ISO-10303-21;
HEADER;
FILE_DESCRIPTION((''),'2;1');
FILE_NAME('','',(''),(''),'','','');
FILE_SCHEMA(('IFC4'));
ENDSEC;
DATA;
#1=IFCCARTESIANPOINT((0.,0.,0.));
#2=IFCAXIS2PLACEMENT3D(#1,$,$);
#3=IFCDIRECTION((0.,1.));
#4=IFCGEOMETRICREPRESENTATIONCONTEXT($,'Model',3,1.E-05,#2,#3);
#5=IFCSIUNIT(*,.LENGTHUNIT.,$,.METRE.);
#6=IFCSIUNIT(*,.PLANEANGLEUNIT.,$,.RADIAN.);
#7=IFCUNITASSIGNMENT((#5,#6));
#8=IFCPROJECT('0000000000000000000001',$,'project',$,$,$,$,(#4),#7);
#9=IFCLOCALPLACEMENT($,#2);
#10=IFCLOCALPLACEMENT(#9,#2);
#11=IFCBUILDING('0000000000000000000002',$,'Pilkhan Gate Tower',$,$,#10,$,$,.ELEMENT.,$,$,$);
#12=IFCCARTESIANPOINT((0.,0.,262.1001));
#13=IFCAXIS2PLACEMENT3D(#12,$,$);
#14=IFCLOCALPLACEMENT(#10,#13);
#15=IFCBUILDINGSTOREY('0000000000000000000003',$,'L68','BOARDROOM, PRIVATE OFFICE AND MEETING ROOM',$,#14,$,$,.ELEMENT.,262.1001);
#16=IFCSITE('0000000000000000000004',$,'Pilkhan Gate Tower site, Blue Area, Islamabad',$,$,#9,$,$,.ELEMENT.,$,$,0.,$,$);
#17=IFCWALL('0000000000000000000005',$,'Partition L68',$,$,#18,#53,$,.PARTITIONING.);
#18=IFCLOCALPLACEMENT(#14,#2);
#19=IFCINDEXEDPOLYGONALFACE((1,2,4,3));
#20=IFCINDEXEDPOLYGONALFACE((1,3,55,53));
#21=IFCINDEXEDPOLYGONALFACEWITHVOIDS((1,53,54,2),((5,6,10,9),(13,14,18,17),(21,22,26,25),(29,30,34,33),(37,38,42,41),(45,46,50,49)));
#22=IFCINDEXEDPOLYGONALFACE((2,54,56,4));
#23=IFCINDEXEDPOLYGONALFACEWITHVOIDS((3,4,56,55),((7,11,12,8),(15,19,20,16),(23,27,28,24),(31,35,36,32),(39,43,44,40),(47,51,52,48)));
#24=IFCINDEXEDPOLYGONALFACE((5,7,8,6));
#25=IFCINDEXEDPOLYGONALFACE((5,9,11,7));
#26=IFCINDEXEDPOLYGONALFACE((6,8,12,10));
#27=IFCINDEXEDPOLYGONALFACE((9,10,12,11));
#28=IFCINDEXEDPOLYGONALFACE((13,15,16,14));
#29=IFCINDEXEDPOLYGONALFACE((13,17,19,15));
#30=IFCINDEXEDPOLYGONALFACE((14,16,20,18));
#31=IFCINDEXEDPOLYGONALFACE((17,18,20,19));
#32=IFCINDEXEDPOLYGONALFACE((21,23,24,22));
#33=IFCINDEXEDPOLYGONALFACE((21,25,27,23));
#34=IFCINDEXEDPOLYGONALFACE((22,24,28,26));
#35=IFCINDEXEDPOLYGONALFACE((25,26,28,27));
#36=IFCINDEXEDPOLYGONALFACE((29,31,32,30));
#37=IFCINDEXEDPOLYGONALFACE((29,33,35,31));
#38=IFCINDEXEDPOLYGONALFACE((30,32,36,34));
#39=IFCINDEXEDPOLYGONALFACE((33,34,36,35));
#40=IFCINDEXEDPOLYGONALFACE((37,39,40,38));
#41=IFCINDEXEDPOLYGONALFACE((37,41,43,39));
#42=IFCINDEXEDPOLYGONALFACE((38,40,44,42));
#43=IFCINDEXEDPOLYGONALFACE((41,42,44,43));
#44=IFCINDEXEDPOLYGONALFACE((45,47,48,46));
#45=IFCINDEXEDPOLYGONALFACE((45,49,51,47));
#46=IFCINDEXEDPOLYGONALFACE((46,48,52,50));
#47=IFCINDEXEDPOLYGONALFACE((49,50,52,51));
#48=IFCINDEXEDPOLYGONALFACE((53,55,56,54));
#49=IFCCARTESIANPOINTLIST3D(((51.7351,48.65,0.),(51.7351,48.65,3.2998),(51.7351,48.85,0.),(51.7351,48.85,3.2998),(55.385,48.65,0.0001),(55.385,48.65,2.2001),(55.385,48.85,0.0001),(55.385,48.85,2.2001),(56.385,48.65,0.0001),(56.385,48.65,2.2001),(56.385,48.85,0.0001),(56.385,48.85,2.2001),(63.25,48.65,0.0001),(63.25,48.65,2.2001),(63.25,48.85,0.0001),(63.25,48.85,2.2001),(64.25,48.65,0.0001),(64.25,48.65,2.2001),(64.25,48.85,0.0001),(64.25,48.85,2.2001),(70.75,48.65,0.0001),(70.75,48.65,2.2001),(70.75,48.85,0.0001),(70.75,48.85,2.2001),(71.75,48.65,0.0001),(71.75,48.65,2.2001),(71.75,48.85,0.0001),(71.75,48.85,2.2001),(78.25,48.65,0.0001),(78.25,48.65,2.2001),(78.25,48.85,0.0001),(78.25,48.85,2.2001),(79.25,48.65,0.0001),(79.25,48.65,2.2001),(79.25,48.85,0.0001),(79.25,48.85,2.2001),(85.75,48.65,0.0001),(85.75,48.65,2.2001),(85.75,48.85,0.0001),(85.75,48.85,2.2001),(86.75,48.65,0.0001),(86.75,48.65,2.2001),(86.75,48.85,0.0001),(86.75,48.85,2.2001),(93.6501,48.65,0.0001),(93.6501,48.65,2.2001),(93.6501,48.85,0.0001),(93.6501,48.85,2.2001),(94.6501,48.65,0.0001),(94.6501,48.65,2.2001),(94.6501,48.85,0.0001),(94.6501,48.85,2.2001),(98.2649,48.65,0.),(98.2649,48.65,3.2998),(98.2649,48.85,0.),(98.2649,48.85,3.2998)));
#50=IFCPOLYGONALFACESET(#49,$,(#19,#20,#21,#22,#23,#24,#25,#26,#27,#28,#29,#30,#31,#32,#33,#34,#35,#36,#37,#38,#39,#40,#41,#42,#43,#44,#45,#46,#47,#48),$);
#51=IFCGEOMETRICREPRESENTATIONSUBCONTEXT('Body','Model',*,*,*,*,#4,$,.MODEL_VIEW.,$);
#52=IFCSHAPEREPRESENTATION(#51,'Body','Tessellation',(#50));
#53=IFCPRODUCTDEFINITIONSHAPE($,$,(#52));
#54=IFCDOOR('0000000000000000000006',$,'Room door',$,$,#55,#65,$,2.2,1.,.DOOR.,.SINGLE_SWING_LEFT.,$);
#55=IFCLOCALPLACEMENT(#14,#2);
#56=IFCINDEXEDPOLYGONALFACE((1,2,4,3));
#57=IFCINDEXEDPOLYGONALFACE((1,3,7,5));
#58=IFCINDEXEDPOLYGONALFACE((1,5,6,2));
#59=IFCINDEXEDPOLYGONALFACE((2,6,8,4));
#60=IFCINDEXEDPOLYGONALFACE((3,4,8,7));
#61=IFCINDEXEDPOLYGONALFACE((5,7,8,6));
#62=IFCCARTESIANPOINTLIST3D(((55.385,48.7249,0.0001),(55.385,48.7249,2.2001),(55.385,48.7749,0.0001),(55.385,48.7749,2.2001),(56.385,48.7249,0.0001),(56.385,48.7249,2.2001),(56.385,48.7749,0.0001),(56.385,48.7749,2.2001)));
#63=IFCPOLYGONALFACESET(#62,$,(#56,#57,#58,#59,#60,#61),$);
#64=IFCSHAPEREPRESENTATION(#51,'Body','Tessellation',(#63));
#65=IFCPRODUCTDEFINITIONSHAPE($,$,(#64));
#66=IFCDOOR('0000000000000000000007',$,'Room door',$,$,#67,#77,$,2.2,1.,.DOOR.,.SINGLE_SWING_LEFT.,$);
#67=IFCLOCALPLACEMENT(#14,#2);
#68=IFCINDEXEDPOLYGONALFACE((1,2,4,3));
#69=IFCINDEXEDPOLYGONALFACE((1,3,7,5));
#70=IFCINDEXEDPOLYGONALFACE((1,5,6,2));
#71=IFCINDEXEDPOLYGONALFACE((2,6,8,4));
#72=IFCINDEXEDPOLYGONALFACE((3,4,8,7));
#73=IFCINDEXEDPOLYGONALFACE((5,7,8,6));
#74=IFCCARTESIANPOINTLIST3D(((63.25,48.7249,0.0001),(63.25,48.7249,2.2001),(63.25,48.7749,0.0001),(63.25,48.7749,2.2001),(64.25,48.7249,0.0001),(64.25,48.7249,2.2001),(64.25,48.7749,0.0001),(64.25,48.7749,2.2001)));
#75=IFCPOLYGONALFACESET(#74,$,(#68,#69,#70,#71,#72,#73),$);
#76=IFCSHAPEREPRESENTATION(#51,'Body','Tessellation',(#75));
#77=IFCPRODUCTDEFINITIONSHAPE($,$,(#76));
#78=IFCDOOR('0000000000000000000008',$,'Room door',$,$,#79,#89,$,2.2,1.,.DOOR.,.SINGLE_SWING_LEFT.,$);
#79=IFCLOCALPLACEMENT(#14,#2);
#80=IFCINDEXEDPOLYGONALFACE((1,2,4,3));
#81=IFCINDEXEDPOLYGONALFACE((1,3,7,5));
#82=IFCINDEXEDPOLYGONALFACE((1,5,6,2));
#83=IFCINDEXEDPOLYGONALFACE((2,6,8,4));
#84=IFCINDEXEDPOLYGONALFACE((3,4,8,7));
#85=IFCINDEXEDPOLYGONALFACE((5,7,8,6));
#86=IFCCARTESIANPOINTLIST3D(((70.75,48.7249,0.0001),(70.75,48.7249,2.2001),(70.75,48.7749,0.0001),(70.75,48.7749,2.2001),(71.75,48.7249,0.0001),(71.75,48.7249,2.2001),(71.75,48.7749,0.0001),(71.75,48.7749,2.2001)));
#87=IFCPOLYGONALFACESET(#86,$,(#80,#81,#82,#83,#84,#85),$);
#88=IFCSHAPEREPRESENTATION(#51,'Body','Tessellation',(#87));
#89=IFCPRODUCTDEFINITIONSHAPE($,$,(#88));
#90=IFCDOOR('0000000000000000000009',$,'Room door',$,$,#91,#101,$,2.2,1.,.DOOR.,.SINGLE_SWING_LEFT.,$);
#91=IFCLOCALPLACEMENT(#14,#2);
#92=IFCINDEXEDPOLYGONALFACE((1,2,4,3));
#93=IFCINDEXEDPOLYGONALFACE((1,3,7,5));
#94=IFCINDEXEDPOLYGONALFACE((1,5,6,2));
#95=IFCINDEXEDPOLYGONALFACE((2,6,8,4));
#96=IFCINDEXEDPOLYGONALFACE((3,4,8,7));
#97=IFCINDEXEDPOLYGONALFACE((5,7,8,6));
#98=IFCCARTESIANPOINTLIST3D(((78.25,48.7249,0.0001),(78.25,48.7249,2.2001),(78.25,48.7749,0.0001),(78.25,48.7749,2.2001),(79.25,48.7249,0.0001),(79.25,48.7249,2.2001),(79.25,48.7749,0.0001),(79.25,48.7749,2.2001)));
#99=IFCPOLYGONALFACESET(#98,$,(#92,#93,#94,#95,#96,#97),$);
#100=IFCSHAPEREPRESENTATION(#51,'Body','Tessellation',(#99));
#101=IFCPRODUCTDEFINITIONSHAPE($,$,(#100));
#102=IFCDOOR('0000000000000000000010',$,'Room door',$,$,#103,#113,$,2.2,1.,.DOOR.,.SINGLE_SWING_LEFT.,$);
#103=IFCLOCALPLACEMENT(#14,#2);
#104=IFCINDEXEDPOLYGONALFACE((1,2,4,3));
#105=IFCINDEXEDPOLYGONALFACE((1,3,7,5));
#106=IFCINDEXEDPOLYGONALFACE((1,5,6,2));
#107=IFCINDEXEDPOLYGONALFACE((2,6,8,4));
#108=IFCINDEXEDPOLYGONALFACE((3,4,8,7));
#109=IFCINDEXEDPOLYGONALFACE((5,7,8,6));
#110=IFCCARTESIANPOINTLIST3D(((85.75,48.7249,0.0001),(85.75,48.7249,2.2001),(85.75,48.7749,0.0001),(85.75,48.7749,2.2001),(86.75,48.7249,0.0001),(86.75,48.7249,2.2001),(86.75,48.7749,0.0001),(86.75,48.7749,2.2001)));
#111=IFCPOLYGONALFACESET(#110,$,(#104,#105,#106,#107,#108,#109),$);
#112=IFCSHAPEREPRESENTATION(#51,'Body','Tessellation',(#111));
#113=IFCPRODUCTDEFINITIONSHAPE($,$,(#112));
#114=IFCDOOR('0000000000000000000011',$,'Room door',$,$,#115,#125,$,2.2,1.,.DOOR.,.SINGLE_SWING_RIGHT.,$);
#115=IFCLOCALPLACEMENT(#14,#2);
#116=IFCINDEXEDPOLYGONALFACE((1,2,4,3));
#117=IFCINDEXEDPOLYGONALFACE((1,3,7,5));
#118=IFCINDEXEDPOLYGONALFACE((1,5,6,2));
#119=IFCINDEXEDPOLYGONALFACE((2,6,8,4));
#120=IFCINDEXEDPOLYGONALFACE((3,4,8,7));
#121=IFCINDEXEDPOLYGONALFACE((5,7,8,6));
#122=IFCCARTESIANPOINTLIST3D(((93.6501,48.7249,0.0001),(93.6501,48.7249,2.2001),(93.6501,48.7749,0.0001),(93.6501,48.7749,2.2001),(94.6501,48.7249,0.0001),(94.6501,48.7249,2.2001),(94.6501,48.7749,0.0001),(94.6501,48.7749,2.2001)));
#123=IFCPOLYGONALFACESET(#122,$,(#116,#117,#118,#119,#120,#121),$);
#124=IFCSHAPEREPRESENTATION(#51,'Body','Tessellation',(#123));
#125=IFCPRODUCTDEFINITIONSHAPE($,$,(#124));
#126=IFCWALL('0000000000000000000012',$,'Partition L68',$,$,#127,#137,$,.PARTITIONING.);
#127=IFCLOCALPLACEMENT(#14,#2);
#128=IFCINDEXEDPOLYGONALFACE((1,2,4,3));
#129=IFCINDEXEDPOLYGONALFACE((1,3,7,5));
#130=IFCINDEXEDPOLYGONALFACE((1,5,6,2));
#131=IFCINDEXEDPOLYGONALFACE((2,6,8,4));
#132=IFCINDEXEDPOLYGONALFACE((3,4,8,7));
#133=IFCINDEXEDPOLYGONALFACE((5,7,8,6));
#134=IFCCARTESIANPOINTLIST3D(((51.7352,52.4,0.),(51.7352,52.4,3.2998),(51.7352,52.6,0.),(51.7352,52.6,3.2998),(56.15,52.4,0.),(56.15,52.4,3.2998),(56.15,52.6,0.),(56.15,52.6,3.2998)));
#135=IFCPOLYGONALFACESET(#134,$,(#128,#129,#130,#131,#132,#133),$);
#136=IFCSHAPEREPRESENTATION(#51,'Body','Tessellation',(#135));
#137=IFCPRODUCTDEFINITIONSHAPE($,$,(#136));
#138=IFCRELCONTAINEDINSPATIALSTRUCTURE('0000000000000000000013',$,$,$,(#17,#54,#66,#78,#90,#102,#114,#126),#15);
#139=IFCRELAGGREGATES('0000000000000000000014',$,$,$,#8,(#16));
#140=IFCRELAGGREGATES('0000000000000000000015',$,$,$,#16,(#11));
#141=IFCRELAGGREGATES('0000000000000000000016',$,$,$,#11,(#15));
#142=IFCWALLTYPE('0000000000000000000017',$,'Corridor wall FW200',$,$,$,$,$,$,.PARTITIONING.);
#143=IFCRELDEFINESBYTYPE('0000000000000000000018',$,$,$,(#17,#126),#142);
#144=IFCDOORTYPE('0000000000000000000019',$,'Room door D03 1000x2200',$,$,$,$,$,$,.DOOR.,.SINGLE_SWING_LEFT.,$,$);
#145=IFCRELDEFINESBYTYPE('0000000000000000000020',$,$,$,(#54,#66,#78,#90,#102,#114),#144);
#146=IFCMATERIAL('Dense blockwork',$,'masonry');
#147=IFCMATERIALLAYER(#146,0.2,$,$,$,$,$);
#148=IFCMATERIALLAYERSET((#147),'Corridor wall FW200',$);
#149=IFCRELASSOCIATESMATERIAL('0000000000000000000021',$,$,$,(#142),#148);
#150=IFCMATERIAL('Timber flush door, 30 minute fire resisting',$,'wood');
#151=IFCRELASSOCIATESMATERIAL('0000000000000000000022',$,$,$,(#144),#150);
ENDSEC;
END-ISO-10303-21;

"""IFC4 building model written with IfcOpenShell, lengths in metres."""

from ifc_helpers import new_model, si_unit, direction, frame, frame_2d, origin, place, context, subcontext, project, spatial, rectangle, extrude, material, layer, layer_set, type_object, element, fill, save


model = new_model("IFC4")

# Units and contexts
model_context = context("Model", 3, precision=1e-05, world=origin(), true_north=direction((0.0, 1.0)))
body_context = subcontext(model_context, "Body", "Model", "MODEL_VIEW")
ifc_project = project(units=[si_unit("LENGTHUNIT", "METRE"), si_unit("PLANEANGLEUNIT", "RADIAN")], contexts=[model_context])

# Site, building, storey
site_placement = place(None, origin())
site = spatial("IfcSite", under=ifc_project, at=site_placement, Name="Pilkhan Gate Tower site, Blue Area, Islamabad", CompositionType="ELEMENT", RefElevation=0.0)
building_placement = place(site_placement, origin())
building = spatial("IfcBuilding", under=site, at=building_placement, Name="Pilkhan Gate Tower", CompositionType="ELEMENT")
storey_placement = place(building_placement, frame((0.0, 0.0, 262.1001)))
storey = spatial("IfcBuildingStorey", under=building, at=storey_placement, Name="L68", Description="BOARDROOM, PRIVATE OFFICE AND MEETING ROOM", CompositionType="ELEMENT", Elevation=262.1001)

# Wall, openings, doors
ifc_material_1 = material(Name="Dense blockwork", Category="masonry")
ifc_layer_1 = layer(ifc_material_1, 0.2)
ifc_layer_set_1 = layer_set([ifc_layer_1], Name="Corridor wall FW200")
wall_type = type_object("IfcWallType", Name="Corridor wall FW200", PredefinedType="PARTITIONING", material=ifc_layer_set_1)
wall_1_placement = place(storey_placement, frame((51.7351, 48.75, 0.0), z_axis=(0.0, 0.0, 1.0), x_axis=(1.0, 0.0, 0.0)))
wall_1 = element("IfcWall", 1, at=wall_1_placement, inside=storey, type_object=wall_type, Name="Partition L68", PredefinedType="PARTITIONING", context=body_context, shape_type="SweptSolid", body=[
    extrude(rectangle(XDim=46.5298, YDim=0.2, at=frame_2d((23.2649, 0.0))), origin(), (0.0, 0.0, 1.0), 3.2998),
])
opening_1_placement = place(wall_1_placement, frame((3.6499, 0.0, 0.0)))
opening_1 = element("IfcOpeningElement", 2, at=opening_1_placement, cuts=wall_1, PredefinedType="OPENING", context=body_context, shape_type="SweptSolid", body=[
    extrude(rectangle(XDim=1.0, YDim=2.2, at=frame_2d((0.5, 1.1001))), frame((0.0, 0.1099, 0.0), z_axis=(0.0, -1.0, 0.0), x_axis=(1.0, 0.0, 0.0)), (0.0, 0.0, 1.0), 0.22),
])
opening_2_placement = place(wall_1_placement, frame((11.5149, 0.0, 0.0)))
opening_2 = element("IfcOpeningElement", 3, at=opening_2_placement, cuts=wall_1, PredefinedType="OPENING", context=body_context, shape_type="SweptSolid", body=[
    extrude(rectangle(XDim=1.0, YDim=2.2, at=frame_2d((0.5, 1.1001))), frame((0.0, 0.1099, 0.0), z_axis=(0.0, -1.0, 0.0), x_axis=(1.0, 0.0, 0.0)), (0.0, 0.0, 1.0), 0.22),
])
opening_3_placement = place(wall_1_placement, frame((19.0149, 0.0, 0.0)))
opening_3 = element("IfcOpeningElement", 4, at=opening_3_placement, cuts=wall_1, PredefinedType="OPENING", context=body_context, shape_type="SweptSolid", body=[
    extrude(rectangle(XDim=1.0, YDim=2.2, at=frame_2d((0.5, 1.1001))), frame((0.0, 0.1099, 0.0), z_axis=(0.0, -1.0, 0.0), x_axis=(1.0, 0.0, 0.0)), (0.0, 0.0, 1.0), 0.22),
])
opening_4_placement = place(wall_1_placement, frame((26.5149, 0.0, 0.0)))
opening_4 = element("IfcOpeningElement", 5, at=opening_4_placement, cuts=wall_1, PredefinedType="OPENING", context=body_context, shape_type="SweptSolid", body=[
    extrude(rectangle(XDim=1.0, YDim=2.2, at=frame_2d((0.5, 1.1001))), frame((0.0, 0.1099, 0.0), z_axis=(0.0, -1.0, 0.0), x_axis=(1.0, 0.0, 0.0)), (0.0, 0.0, 1.0), 0.22),
])
opening_5_placement = place(wall_1_placement, frame((34.0149, 0.0, 0.0)))
opening_5 = element("IfcOpeningElement", 6, at=opening_5_placement, cuts=wall_1, PredefinedType="OPENING", context=body_context, shape_type="SweptSolid", body=[
    extrude(rectangle(XDim=1.0, YDim=2.2, at=frame_2d((0.5, 1.1001))), frame((0.0, 0.1099, 0.0), z_axis=(0.0, -1.0, 0.0), x_axis=(1.0, 0.0, 0.0)), (0.0, 0.0, 1.0), 0.22),
])
opening_6_placement = place(wall_1_placement, frame((41.915, 0.0, 0.0)))
opening_6 = element("IfcOpeningElement", 7, at=opening_6_placement, cuts=wall_1, PredefinedType="OPENING", context=body_context, shape_type="SweptSolid", body=[
    extrude(rectangle(XDim=1.0, YDim=2.2, at=frame_2d((0.5, 1.1001))), frame((0.0, 0.1099, 0.0), z_axis=(0.0, -1.0, 0.0), x_axis=(1.0, 0.0, 0.0)), (0.0, 0.0, 1.0), 0.22),
])
ifc_material_2 = material(Name="Timber flush door, 30 minute fire resisting", Category="wood")
door_type = type_object("IfcDoorType", Name="Room door D03 1000x2200", OperationType="SINGLE_SWING_LEFT", PredefinedType="DOOR", material=ifc_material_2)
door_1_placement = place(opening_1_placement, origin())
door_1 = element("IfcDoor", 8, at=door_1_placement, inside=storey, type_object=door_type, Name="Room door", OperationType="SINGLE_SWING_LEFT", OverallHeight=2.2, OverallWidth=1.0, PredefinedType="DOOR", context=body_context, shape_type="SweptSolid", body=[
    extrude(rectangle(XDim=1.0, YDim=2.2, at=frame_2d((0.5, 1.1001))), frame((0.0, 0.0249, 0.0), z_axis=(0.0, -1.0, 0.0), x_axis=(1.0, 0.0, 0.0)), (0.0, 0.0, 1.0), 0.05),
])
fill(opening_1, door_1)
door_2_placement = place(opening_2_placement, origin())
door_2 = element("IfcDoor", 9, at=door_2_placement, inside=storey, type_object=door_type, Name="Room door", OperationType="SINGLE_SWING_LEFT", OverallHeight=2.2, OverallWidth=1.0, PredefinedType="DOOR", context=body_context, shape_type="SweptSolid", body=[
    extrude(rectangle(XDim=1.0, YDim=2.2, at=frame_2d((0.5, 1.1001))), frame((0.0, 0.0249, 0.0), z_axis=(0.0, -1.0, 0.0), x_axis=(1.0, 0.0, 0.0)), (0.0, 0.0, 1.0), 0.05),
])
fill(opening_2, door_2)
door_3_placement = place(opening_3_placement, origin())
door_3 = element("IfcDoor", 10, at=door_3_placement, inside=storey, type_object=door_type, Name="Room door", OperationType="SINGLE_SWING_LEFT", OverallHeight=2.2, OverallWidth=1.0, PredefinedType="DOOR", context=body_context, shape_type="SweptSolid", body=[
    extrude(rectangle(XDim=1.0, YDim=2.2, at=frame_2d((0.5, 1.1001))), frame((0.0, 0.0249, 0.0), z_axis=(0.0, -1.0, 0.0), x_axis=(1.0, 0.0, 0.0)), (0.0, 0.0, 1.0), 0.05),
])
fill(opening_3, door_3)
door_4_placement = place(opening_4_placement, origin())
door_4 = element("IfcDoor", 11, at=door_4_placement, inside=storey, type_object=door_type, Name="Room door", OperationType="SINGLE_SWING_LEFT", OverallHeight=2.2, OverallWidth=1.0, PredefinedType="DOOR", context=body_context, shape_type="SweptSolid", body=[
    extrude(rectangle(XDim=1.0, YDim=2.2, at=frame_2d((0.5, 1.1001))), frame((0.0, 0.0249, 0.0), z_axis=(0.0, -1.0, 0.0), x_axis=(1.0, 0.0, 0.0)), (0.0, 0.0, 1.0), 0.05),
])
fill(opening_4, door_4)
door_5_placement = place(opening_5_placement, origin())
door_5 = element("IfcDoor", 12, at=door_5_placement, inside=storey, type_object=door_type, Name="Room door", OperationType="SINGLE_SWING_LEFT", OverallHeight=2.2, OverallWidth=1.0, PredefinedType="DOOR", context=body_context, shape_type="SweptSolid", body=[
    extrude(rectangle(XDim=1.0, YDim=2.2, at=frame_2d((0.5, 1.1001))), frame((0.0, 0.0249, 0.0), z_axis=(0.0, -1.0, 0.0), x_axis=(1.0, 0.0, 0.0)), (0.0, 0.0, 1.0), 0.05),
])
fill(opening_5, door_5)
door_6_placement = place(opening_6_placement, origin())
door_6 = element("IfcDoor", 13, at=door_6_placement, inside=storey, type_object=door_type, Name="Room door", OperationType="SINGLE_SWING_RIGHT", OverallHeight=2.2, OverallWidth=1.0, PredefinedType="DOOR", context=body_context, shape_type="SweptSolid", body=[
    extrude(rectangle(XDim=1.0, YDim=2.2, at=frame_2d((0.5, 1.1001))), frame((0.0, 0.0249, 0.0), z_axis=(0.0, -1.0, 0.0), x_axis=(1.0, 0.0, 0.0)), (0.0, 0.0, 1.0), 0.05),
])
fill(opening_6, door_6)

# Wall
wall_2_placement = place(storey_placement, frame((51.7351, 52.5, 0.0), z_axis=(0.0, 0.0, 1.0), x_axis=(1.0, 0.0, 0.0)))
element("IfcWall", 14, at=wall_2_placement, inside=storey, type_object=wall_type, Name="Partition L68", PredefinedType="PARTITIONING", context=body_context, shape_type="SweptSolid", body=[
    extrude(rectangle(XDim=4.4148, YDim=0.2, at=frame_2d((2.2075, 0.0))), origin(), (0.0, 0.0, 1.0), 3.2998),
])

save(model, "model.ifc")
